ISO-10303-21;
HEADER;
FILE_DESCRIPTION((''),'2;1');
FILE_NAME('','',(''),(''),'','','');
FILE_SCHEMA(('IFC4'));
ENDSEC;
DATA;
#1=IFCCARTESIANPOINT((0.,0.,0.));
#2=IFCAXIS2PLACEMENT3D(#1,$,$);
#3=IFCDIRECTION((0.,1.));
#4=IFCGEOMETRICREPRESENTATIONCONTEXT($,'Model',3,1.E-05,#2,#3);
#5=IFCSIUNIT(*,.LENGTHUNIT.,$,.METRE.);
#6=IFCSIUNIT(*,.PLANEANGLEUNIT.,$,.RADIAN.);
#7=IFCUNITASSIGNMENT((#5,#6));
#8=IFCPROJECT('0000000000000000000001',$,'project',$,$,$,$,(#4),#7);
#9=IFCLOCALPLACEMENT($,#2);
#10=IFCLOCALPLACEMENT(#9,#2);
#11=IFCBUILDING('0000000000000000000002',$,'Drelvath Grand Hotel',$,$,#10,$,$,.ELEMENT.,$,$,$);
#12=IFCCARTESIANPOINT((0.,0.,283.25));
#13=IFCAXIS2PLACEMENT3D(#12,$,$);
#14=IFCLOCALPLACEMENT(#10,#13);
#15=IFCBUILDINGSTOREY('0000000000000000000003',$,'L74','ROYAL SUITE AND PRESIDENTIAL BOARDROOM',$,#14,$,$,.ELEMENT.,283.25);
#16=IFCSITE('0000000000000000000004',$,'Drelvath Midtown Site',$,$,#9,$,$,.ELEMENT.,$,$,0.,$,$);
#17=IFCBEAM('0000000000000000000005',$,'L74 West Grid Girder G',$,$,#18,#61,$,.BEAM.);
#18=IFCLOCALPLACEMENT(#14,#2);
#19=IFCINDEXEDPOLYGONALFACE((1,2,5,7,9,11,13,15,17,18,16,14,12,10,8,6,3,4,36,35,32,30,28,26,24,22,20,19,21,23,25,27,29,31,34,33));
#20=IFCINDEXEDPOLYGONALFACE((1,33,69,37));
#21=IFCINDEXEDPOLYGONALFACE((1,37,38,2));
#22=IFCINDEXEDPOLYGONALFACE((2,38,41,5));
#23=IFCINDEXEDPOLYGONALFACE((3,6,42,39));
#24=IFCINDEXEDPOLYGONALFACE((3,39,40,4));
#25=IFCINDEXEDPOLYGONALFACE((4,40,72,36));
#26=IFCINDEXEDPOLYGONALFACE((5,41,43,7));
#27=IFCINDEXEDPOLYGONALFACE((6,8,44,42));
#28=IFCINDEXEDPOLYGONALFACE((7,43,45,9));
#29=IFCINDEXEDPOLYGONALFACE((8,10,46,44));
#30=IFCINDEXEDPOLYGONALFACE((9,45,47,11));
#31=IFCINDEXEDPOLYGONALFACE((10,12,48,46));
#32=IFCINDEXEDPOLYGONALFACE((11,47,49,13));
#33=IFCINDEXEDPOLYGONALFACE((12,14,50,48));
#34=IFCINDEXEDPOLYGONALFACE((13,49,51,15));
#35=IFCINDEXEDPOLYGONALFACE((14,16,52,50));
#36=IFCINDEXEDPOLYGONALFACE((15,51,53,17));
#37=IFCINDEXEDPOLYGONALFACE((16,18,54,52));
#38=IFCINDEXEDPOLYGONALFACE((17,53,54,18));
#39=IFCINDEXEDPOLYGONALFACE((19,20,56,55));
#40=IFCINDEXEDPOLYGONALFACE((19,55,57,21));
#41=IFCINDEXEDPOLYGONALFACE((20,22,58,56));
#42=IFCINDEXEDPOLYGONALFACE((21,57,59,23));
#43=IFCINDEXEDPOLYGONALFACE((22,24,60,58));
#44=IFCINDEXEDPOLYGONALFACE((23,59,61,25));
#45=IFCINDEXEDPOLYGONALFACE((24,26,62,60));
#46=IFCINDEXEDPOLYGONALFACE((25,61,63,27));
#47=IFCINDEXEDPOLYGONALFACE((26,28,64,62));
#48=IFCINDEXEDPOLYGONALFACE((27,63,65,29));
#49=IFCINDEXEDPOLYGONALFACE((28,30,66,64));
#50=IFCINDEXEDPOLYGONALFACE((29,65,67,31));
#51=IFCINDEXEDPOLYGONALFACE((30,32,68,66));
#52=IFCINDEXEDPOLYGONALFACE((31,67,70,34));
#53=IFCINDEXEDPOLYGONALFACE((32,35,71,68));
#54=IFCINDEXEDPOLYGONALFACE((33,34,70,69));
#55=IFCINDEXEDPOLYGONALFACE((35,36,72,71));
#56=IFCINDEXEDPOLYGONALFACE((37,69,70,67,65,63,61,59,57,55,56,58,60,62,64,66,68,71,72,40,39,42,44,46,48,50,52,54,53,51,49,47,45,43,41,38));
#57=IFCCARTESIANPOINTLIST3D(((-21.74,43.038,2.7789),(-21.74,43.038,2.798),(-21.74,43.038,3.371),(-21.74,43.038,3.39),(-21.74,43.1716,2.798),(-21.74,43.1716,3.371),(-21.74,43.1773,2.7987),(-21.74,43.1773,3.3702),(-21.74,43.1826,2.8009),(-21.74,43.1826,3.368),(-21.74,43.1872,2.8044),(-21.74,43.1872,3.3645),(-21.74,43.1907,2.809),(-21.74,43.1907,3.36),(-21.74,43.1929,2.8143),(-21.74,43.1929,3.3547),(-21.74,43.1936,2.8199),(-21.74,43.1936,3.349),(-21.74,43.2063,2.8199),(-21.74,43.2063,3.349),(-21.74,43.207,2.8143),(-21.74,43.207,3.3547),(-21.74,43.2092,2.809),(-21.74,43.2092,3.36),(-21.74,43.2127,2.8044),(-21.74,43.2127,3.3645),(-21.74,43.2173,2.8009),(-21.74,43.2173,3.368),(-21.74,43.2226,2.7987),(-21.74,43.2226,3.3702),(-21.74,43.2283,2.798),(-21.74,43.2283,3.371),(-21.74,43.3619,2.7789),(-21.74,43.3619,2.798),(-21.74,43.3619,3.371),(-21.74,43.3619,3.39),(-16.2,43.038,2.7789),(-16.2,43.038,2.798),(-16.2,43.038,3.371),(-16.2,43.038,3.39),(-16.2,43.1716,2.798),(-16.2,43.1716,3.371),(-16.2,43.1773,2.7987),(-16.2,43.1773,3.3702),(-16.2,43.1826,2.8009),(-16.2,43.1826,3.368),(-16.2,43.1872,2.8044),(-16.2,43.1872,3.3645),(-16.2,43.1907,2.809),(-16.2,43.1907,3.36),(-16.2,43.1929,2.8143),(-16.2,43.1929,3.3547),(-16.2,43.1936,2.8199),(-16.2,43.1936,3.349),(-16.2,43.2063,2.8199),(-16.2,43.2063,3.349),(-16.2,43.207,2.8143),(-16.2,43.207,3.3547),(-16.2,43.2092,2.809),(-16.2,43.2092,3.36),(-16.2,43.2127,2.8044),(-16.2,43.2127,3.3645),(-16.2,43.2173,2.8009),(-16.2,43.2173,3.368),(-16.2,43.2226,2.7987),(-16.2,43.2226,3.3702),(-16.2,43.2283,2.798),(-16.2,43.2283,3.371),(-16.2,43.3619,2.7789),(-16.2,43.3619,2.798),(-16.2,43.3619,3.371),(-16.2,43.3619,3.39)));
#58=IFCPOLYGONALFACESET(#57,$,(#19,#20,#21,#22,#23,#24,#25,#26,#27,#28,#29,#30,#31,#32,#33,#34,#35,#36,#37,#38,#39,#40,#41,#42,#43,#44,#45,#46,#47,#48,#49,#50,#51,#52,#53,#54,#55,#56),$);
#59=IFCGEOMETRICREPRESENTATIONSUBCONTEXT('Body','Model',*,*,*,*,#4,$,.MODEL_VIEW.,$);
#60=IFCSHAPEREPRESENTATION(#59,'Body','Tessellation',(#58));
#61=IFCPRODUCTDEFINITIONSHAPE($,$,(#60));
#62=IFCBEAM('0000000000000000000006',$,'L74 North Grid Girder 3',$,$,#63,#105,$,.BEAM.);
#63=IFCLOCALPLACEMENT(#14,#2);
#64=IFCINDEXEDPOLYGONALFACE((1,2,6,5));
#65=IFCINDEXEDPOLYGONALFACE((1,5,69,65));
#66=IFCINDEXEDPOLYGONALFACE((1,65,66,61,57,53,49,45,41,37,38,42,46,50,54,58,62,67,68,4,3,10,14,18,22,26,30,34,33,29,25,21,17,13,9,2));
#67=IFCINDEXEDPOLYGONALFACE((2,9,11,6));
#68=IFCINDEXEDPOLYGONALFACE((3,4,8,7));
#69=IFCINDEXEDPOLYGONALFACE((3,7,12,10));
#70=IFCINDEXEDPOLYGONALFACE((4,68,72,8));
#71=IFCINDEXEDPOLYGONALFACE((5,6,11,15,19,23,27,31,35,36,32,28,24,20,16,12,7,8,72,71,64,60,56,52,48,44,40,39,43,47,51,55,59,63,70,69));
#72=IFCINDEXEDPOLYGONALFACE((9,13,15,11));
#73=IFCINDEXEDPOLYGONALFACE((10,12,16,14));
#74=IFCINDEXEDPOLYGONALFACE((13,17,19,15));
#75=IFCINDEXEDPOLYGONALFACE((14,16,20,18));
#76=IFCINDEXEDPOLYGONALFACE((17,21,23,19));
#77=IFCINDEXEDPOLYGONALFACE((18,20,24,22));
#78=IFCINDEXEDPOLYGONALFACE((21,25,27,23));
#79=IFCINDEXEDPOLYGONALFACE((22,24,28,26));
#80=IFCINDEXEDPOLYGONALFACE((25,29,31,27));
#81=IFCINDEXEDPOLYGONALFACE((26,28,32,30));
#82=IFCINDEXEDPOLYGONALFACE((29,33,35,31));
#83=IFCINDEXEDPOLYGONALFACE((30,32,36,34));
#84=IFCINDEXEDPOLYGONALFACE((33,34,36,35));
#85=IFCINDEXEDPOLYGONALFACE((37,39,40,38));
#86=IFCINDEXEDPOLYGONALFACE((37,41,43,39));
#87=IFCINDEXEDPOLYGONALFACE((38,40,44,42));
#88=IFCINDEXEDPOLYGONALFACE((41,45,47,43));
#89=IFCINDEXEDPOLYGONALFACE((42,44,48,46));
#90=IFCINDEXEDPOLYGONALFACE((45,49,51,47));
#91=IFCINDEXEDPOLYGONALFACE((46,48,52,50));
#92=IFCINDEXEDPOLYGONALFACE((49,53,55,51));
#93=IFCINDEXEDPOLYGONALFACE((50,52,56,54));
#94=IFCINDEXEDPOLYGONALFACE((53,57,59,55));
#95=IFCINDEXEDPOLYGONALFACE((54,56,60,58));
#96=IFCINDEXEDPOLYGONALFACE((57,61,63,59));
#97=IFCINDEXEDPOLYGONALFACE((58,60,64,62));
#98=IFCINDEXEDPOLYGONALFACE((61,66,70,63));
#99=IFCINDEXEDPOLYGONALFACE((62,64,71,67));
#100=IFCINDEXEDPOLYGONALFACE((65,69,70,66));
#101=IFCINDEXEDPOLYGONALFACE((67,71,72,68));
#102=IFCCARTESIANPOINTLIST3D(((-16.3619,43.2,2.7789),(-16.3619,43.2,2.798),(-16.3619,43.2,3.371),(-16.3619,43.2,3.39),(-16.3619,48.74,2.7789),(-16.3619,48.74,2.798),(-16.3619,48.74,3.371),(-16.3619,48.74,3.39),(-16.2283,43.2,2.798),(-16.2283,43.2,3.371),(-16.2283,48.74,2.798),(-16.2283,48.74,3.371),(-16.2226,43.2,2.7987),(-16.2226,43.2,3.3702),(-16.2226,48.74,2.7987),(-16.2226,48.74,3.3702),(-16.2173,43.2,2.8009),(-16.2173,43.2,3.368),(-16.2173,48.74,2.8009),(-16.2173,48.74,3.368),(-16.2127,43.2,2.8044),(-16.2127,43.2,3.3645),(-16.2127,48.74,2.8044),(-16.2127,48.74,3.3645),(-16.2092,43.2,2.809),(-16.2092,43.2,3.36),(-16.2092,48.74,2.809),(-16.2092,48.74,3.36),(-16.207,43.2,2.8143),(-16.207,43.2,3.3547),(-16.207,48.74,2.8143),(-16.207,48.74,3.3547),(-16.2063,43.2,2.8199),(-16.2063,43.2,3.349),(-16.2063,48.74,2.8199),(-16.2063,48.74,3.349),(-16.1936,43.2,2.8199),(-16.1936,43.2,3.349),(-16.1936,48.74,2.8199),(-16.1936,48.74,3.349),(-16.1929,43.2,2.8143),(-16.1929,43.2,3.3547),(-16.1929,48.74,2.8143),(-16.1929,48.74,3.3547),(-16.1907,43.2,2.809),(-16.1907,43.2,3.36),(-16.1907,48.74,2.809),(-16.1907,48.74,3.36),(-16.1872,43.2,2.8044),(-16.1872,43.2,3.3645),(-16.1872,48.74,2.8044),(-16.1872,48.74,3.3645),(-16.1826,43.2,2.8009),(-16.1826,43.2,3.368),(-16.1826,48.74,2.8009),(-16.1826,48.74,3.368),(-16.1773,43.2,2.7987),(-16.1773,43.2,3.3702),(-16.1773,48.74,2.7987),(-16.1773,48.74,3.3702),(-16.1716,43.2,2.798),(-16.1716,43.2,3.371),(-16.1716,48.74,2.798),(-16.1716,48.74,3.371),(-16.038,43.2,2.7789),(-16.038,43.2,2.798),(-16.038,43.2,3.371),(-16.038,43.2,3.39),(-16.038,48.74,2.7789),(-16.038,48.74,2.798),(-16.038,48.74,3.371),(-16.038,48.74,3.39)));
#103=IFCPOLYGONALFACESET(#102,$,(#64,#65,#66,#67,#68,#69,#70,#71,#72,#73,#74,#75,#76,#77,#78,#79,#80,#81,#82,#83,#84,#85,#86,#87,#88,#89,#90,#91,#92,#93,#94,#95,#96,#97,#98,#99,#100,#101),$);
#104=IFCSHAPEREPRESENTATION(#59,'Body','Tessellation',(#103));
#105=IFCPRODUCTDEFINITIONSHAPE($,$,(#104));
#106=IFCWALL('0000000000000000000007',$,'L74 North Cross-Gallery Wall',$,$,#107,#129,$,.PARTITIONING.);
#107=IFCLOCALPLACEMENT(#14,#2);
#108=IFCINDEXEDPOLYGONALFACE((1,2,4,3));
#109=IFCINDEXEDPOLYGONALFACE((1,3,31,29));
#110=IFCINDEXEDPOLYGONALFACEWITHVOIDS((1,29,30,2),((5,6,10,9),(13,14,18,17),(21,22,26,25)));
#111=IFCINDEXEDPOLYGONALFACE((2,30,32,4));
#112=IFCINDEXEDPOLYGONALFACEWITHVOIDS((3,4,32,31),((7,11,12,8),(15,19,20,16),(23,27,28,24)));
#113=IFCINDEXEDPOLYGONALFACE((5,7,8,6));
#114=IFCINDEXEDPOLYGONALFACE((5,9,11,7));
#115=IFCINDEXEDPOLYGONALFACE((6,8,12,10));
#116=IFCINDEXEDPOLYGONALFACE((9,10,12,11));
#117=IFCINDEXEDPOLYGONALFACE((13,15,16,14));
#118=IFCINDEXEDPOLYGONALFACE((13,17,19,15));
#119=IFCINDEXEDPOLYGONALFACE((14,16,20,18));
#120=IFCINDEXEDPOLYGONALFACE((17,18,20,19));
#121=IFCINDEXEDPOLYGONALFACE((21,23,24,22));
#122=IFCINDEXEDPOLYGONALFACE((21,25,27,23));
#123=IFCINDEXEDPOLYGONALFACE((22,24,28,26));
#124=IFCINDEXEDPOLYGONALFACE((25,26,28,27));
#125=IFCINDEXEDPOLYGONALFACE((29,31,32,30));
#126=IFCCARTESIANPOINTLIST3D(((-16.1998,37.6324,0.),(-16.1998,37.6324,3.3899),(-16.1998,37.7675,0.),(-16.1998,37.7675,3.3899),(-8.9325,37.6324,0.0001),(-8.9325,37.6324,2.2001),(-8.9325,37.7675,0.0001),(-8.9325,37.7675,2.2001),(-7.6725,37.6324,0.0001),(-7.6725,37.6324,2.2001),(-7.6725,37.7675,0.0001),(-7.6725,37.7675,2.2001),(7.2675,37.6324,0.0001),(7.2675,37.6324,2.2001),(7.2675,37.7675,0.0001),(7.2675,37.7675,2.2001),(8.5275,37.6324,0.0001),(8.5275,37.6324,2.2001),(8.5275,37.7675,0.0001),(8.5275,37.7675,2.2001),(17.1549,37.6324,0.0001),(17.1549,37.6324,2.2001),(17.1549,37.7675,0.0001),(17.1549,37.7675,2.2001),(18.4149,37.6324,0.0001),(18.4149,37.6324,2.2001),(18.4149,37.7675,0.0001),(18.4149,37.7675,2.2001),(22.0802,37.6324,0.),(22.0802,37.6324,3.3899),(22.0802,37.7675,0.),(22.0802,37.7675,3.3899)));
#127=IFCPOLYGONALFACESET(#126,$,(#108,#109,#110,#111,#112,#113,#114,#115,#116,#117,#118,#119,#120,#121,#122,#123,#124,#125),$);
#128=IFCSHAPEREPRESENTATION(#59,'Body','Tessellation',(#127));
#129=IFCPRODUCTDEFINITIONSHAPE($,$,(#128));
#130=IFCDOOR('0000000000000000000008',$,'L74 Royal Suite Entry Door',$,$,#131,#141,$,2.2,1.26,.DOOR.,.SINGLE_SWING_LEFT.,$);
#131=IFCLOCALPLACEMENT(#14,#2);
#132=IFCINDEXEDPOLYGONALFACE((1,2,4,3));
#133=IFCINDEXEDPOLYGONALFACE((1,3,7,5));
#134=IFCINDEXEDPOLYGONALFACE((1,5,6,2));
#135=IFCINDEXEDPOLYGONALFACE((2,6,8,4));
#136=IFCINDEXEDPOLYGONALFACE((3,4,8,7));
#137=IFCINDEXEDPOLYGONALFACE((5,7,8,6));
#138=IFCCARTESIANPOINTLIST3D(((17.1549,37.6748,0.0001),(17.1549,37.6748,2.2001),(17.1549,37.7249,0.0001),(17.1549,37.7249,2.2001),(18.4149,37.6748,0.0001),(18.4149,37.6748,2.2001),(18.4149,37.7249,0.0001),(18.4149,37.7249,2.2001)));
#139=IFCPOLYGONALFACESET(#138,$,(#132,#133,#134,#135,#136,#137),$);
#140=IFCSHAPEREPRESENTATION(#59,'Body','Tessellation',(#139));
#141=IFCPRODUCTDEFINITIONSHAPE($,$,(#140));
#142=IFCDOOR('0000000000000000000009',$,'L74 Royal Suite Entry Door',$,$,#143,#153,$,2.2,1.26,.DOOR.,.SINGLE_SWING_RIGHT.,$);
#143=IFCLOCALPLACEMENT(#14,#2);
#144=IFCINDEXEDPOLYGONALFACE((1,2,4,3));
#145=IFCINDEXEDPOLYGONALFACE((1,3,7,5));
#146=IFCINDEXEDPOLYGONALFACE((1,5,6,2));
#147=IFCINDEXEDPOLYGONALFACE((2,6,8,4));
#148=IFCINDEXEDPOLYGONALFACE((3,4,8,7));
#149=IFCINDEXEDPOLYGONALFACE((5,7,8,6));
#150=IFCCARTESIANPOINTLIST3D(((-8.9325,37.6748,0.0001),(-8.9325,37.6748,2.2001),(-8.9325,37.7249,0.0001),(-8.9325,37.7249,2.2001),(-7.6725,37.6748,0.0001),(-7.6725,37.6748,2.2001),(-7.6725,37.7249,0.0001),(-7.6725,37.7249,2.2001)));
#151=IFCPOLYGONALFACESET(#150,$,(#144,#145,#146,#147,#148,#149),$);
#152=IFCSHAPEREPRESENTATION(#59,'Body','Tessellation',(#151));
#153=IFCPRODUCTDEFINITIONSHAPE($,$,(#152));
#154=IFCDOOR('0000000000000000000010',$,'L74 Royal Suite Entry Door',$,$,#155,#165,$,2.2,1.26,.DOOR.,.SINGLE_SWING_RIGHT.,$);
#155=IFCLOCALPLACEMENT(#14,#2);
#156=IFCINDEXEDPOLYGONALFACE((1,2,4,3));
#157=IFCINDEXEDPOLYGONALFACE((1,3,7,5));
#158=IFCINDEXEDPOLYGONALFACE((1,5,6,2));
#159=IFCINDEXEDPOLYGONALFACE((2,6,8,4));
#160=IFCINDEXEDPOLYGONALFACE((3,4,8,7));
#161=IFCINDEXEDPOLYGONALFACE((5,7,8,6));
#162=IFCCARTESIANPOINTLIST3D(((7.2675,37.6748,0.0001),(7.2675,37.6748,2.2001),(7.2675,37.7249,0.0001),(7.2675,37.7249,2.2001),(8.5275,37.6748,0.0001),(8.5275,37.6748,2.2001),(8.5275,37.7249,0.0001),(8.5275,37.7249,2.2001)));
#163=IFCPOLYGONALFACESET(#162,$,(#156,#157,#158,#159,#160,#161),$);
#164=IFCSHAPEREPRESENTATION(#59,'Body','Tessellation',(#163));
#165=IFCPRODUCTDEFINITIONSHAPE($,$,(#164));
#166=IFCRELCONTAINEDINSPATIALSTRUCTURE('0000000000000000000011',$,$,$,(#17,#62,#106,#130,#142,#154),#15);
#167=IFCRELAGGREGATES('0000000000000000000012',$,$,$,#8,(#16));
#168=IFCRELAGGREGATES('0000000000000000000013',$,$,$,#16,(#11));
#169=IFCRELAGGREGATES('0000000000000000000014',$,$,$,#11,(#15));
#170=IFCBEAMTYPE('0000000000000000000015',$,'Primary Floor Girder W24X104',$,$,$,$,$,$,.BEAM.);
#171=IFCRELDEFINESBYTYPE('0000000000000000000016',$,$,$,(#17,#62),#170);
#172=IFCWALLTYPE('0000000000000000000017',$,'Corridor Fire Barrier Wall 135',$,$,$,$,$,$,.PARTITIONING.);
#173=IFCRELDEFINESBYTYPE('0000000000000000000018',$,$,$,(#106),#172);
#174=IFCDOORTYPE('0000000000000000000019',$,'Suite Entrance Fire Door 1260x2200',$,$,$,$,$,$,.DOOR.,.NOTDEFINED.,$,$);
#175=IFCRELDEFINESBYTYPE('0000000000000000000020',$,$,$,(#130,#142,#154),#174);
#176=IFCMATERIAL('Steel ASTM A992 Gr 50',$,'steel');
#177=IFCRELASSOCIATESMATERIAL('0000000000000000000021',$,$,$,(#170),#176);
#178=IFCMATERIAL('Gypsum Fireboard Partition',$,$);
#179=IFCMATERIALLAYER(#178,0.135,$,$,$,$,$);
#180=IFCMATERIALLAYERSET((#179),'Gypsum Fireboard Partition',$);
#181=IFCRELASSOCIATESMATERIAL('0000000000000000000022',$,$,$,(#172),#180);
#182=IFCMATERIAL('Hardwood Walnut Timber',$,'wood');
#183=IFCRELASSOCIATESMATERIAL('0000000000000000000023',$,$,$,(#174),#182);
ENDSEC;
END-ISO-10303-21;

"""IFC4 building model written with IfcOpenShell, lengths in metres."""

from ifc_helpers import new_model, si_unit, direction, frame, frame_2d, origin, origin_2d, place, context, subcontext, project, spatial, rectangle, i_section, extrude, material, layer, layer_set, material_profile, profile_set, type_object, element, fill, save


model = new_model("IFC4")

# Units and contexts
model_context = context("Model", 3, precision=1e-05, world=origin(), true_north=direction((0.0, 1.0)))
body_context = subcontext(model_context, "Body", "Model", "MODEL_VIEW")
ifc_project = project(units=[si_unit("LENGTHUNIT", "METRE"), si_unit("PLANEANGLEUNIT", "RADIAN")], contexts=[model_context])

# Site, building, storey
site_placement = place(None, origin())
site = spatial("IfcSite", under=ifc_project, at=site_placement, Name="Drelvath Midtown Site", CompositionType="ELEMENT", RefElevation=0.0)
building_placement = place(site_placement, origin())
building = spatial("IfcBuilding", under=site, at=building_placement, Name="Drelvath Grand Hotel", CompositionType="ELEMENT")
storey_placement = place(building_placement, frame((0.0, 0.0, 283.25)))
storey = spatial("IfcBuildingStorey", under=building, at=storey_placement, Name="L74", Description="ROYAL SUITE AND PRESIDENTIAL BOARDROOM", CompositionType="ELEMENT", Elevation=283.25)

# Shared definitions
ifc_material_1 = material(Name="Steel ASTM A992 Gr 50", Category="steel")

# Beams
ifc_material_profile_1 = material_profile(ifc_material_1, i_section(OverallWidth=0.324, OverallDepth=0.6111, WebThickness=0.0127, FlangeThickness=0.019, FilletRadius=0.022, at=origin_2d()), Name="W24X104")
ifc_profile_set_1 = profile_set([ifc_material_profile_1], Name="Steel ASTM A992 Gr 50")
beam_type_1 = type_object("IfcBeamType", Name="Primary Floor Girder W24X104", PredefinedType="BEAM", material=ifc_profile_set_1)
for number, where, z_axis, x_axis, name in (
    (1, (-21.74, 43.2, 3.0845), (1.0, 0.0, 0.0), (0.0, 1.0, 0.0), "L74 West Grid Girder G"),
    (2, (-16.2, 43.2, 3.0845), (0.0, 1.0, 0.0), (-1.0, 0.0, 0.0), "L74 North Grid Girder 3"),
):
    element("IfcBeam", number, at=place(storey_placement, frame(where, z_axis=z_axis, x_axis=x_axis)), inside=storey, type_object=beam_type_1, Name=name, PredefinedType="BEAM", context=body_context, shape_type="SweptSolid", body=[
        extrude(i_section(OverallWidth=0.324, OverallDepth=0.6111, WebThickness=0.0127, FlangeThickness=0.019, FilletRadius=0.022, at=origin_2d()), origin(), (0.0, 0.0, 1.0), 5.54),
    ])

# Wall, openings, doors
ifc_material_2 = material(Name="Gypsum Fireboard Partition")
ifc_layer_1 = layer(ifc_material_2, 0.135)
ifc_layer_set_1 = layer_set([ifc_layer_1], Name="Gypsum Fireboard Partition")
wall_type_1 = type_object("IfcWallType", Name="Corridor Fire Barrier Wall 135", PredefinedType="PARTITIONING", material=ifc_layer_set_1)
wall_1_placement = place(storey_placement, frame((-16.2, 37.7, 0.0), z_axis=(0.0, 0.0, 1.0), x_axis=(1.0, 0.0, 0.0)))
wall_1 = element("IfcWall", 3, at=wall_1_placement, inside=storey, type_object=wall_type_1, Name="L74 North Cross-Gallery Wall", PredefinedType="PARTITIONING", context=body_context, shape_type="SweptSolid", body=[
    extrude(rectangle(XDim=38.28, YDim=0.135, at=frame_2d((19.1401, 0.0))), origin(), (0.0, 0.0, 1.0), 3.3899),
])
opening_1_placement = place(wall_1_placement, frame((33.355, 0.0, 0.0)))
opening_1 = element("IfcOpeningElement", 4, at=opening_1_placement, cuts=wall_1, PredefinedType="OPENING", context=body_context, shape_type="SweptSolid", body=[
    extrude(rectangle(XDim=1.26, YDim=2.2, at=frame_2d((0.6299, 1.1001))), frame((0.0, 0.0774, 0.0), z_axis=(0.0, -1.0, 0.0), x_axis=(1.0, 0.0, 0.0)), (0.0, 0.0, 1.0), 0.155),
])
opening_2_placement = place(wall_1_placement, frame((7.2676, 0.0, 0.0)))
opening_2 = element("IfcOpeningElement", 5, at=opening_2_placement, cuts=wall_1, PredefinedType="OPENING", context=body_context, shape_type="SweptSolid", body=[
    extrude(rectangle(XDim=1.26, YDim=2.2, at=frame_2d((0.6299, 1.1001))), frame((0.0, 0.0774, 0.0), z_axis=(0.0, -1.0, 0.0), x_axis=(1.0, 0.0, 0.0)), (0.0, 0.0, 1.0), 0.155),
])
opening_3_placement = place(wall_1_placement, frame((23.4675, 0.0, 0.0)))
opening_3 = element("IfcOpeningElement", 6, at=opening_3_placement, cuts=wall_1, PredefinedType="OPENING", context=body_context, shape_type="SweptSolid", body=[
    extrude(rectangle(XDim=1.26, YDim=2.2, at=frame_2d((0.6299, 1.1001))), frame((0.0, 0.0774, 0.0), z_axis=(0.0, -1.0, 0.0), x_axis=(1.0, 0.0, 0.0)), (0.0, 0.0, 1.0), 0.155),
])
ifc_material_3 = material(Name="Hardwood Walnut Timber", Category="wood")
door_type_1 = type_object("IfcDoorType", Name="Suite Entrance Fire Door 1260x2200", OperationType="NOTDEFINED", PredefinedType="DOOR", material=ifc_material_3)
door_1_placement = place(opening_1_placement, origin())
door_1 = element("IfcDoor", 7, at=door_1_placement, inside=storey, type_object=door_type_1, Name="L74 Royal Suite Entry Door", OperationType="SINGLE_SWING_LEFT", OverallHeight=2.2, OverallWidth=1.26, PredefinedType="DOOR", context=body_context, shape_type="SweptSolid", body=[
    extrude(rectangle(XDim=1.26, YDim=2.2, at=frame_2d((0.6299, 1.1001))), frame((0.0, 0.0249, 0.0), z_axis=(0.0, -1.0, 0.0), x_axis=(1.0, 0.0, 0.0)), (0.0, 0.0, 1.0), 0.05),
])
fill(opening_1, door_1)
door_2_placement = place(opening_2_placement, origin())
door_2 = element("IfcDoor", 8, at=door_2_placement, inside=storey, type_object=door_type_1, Name="L74 Royal Suite Entry Door", OperationType="SINGLE_SWING_RIGHT", OverallHeight=2.2, OverallWidth=1.26, PredefinedType="DOOR", context=body_context, shape_type="SweptSolid", body=[
    extrude(rectangle(XDim=1.26, YDim=2.2, at=frame_2d((0.6299, 1.1001))), frame((0.0, 0.0249, 0.0), z_axis=(0.0, -1.0, 0.0), x_axis=(1.0, 0.0, 0.0)), (0.0, 0.0, 1.0), 0.05),
])
fill(opening_2, door_2)
door_3_placement = place(opening_3_placement, origin())
door_3 = element("IfcDoor", 9, at=door_3_placement, inside=storey, type_object=door_type_1, Name="L74 Royal Suite Entry Door", OperationType="SINGLE_SWING_RIGHT", OverallHeight=2.2, OverallWidth=1.26, PredefinedType="DOOR", context=body_context, shape_type="SweptSolid", body=[
    extrude(rectangle(XDim=1.26, YDim=2.2, at=frame_2d((0.6299, 1.1001))), frame((0.0, 0.0249, 0.0), z_axis=(0.0, -1.0, 0.0), x_axis=(1.0, 0.0, 0.0)), (0.0, 0.0, 1.0), 0.05),
])
fill(opening_3, door_3)

save(model, "model.ifc")
